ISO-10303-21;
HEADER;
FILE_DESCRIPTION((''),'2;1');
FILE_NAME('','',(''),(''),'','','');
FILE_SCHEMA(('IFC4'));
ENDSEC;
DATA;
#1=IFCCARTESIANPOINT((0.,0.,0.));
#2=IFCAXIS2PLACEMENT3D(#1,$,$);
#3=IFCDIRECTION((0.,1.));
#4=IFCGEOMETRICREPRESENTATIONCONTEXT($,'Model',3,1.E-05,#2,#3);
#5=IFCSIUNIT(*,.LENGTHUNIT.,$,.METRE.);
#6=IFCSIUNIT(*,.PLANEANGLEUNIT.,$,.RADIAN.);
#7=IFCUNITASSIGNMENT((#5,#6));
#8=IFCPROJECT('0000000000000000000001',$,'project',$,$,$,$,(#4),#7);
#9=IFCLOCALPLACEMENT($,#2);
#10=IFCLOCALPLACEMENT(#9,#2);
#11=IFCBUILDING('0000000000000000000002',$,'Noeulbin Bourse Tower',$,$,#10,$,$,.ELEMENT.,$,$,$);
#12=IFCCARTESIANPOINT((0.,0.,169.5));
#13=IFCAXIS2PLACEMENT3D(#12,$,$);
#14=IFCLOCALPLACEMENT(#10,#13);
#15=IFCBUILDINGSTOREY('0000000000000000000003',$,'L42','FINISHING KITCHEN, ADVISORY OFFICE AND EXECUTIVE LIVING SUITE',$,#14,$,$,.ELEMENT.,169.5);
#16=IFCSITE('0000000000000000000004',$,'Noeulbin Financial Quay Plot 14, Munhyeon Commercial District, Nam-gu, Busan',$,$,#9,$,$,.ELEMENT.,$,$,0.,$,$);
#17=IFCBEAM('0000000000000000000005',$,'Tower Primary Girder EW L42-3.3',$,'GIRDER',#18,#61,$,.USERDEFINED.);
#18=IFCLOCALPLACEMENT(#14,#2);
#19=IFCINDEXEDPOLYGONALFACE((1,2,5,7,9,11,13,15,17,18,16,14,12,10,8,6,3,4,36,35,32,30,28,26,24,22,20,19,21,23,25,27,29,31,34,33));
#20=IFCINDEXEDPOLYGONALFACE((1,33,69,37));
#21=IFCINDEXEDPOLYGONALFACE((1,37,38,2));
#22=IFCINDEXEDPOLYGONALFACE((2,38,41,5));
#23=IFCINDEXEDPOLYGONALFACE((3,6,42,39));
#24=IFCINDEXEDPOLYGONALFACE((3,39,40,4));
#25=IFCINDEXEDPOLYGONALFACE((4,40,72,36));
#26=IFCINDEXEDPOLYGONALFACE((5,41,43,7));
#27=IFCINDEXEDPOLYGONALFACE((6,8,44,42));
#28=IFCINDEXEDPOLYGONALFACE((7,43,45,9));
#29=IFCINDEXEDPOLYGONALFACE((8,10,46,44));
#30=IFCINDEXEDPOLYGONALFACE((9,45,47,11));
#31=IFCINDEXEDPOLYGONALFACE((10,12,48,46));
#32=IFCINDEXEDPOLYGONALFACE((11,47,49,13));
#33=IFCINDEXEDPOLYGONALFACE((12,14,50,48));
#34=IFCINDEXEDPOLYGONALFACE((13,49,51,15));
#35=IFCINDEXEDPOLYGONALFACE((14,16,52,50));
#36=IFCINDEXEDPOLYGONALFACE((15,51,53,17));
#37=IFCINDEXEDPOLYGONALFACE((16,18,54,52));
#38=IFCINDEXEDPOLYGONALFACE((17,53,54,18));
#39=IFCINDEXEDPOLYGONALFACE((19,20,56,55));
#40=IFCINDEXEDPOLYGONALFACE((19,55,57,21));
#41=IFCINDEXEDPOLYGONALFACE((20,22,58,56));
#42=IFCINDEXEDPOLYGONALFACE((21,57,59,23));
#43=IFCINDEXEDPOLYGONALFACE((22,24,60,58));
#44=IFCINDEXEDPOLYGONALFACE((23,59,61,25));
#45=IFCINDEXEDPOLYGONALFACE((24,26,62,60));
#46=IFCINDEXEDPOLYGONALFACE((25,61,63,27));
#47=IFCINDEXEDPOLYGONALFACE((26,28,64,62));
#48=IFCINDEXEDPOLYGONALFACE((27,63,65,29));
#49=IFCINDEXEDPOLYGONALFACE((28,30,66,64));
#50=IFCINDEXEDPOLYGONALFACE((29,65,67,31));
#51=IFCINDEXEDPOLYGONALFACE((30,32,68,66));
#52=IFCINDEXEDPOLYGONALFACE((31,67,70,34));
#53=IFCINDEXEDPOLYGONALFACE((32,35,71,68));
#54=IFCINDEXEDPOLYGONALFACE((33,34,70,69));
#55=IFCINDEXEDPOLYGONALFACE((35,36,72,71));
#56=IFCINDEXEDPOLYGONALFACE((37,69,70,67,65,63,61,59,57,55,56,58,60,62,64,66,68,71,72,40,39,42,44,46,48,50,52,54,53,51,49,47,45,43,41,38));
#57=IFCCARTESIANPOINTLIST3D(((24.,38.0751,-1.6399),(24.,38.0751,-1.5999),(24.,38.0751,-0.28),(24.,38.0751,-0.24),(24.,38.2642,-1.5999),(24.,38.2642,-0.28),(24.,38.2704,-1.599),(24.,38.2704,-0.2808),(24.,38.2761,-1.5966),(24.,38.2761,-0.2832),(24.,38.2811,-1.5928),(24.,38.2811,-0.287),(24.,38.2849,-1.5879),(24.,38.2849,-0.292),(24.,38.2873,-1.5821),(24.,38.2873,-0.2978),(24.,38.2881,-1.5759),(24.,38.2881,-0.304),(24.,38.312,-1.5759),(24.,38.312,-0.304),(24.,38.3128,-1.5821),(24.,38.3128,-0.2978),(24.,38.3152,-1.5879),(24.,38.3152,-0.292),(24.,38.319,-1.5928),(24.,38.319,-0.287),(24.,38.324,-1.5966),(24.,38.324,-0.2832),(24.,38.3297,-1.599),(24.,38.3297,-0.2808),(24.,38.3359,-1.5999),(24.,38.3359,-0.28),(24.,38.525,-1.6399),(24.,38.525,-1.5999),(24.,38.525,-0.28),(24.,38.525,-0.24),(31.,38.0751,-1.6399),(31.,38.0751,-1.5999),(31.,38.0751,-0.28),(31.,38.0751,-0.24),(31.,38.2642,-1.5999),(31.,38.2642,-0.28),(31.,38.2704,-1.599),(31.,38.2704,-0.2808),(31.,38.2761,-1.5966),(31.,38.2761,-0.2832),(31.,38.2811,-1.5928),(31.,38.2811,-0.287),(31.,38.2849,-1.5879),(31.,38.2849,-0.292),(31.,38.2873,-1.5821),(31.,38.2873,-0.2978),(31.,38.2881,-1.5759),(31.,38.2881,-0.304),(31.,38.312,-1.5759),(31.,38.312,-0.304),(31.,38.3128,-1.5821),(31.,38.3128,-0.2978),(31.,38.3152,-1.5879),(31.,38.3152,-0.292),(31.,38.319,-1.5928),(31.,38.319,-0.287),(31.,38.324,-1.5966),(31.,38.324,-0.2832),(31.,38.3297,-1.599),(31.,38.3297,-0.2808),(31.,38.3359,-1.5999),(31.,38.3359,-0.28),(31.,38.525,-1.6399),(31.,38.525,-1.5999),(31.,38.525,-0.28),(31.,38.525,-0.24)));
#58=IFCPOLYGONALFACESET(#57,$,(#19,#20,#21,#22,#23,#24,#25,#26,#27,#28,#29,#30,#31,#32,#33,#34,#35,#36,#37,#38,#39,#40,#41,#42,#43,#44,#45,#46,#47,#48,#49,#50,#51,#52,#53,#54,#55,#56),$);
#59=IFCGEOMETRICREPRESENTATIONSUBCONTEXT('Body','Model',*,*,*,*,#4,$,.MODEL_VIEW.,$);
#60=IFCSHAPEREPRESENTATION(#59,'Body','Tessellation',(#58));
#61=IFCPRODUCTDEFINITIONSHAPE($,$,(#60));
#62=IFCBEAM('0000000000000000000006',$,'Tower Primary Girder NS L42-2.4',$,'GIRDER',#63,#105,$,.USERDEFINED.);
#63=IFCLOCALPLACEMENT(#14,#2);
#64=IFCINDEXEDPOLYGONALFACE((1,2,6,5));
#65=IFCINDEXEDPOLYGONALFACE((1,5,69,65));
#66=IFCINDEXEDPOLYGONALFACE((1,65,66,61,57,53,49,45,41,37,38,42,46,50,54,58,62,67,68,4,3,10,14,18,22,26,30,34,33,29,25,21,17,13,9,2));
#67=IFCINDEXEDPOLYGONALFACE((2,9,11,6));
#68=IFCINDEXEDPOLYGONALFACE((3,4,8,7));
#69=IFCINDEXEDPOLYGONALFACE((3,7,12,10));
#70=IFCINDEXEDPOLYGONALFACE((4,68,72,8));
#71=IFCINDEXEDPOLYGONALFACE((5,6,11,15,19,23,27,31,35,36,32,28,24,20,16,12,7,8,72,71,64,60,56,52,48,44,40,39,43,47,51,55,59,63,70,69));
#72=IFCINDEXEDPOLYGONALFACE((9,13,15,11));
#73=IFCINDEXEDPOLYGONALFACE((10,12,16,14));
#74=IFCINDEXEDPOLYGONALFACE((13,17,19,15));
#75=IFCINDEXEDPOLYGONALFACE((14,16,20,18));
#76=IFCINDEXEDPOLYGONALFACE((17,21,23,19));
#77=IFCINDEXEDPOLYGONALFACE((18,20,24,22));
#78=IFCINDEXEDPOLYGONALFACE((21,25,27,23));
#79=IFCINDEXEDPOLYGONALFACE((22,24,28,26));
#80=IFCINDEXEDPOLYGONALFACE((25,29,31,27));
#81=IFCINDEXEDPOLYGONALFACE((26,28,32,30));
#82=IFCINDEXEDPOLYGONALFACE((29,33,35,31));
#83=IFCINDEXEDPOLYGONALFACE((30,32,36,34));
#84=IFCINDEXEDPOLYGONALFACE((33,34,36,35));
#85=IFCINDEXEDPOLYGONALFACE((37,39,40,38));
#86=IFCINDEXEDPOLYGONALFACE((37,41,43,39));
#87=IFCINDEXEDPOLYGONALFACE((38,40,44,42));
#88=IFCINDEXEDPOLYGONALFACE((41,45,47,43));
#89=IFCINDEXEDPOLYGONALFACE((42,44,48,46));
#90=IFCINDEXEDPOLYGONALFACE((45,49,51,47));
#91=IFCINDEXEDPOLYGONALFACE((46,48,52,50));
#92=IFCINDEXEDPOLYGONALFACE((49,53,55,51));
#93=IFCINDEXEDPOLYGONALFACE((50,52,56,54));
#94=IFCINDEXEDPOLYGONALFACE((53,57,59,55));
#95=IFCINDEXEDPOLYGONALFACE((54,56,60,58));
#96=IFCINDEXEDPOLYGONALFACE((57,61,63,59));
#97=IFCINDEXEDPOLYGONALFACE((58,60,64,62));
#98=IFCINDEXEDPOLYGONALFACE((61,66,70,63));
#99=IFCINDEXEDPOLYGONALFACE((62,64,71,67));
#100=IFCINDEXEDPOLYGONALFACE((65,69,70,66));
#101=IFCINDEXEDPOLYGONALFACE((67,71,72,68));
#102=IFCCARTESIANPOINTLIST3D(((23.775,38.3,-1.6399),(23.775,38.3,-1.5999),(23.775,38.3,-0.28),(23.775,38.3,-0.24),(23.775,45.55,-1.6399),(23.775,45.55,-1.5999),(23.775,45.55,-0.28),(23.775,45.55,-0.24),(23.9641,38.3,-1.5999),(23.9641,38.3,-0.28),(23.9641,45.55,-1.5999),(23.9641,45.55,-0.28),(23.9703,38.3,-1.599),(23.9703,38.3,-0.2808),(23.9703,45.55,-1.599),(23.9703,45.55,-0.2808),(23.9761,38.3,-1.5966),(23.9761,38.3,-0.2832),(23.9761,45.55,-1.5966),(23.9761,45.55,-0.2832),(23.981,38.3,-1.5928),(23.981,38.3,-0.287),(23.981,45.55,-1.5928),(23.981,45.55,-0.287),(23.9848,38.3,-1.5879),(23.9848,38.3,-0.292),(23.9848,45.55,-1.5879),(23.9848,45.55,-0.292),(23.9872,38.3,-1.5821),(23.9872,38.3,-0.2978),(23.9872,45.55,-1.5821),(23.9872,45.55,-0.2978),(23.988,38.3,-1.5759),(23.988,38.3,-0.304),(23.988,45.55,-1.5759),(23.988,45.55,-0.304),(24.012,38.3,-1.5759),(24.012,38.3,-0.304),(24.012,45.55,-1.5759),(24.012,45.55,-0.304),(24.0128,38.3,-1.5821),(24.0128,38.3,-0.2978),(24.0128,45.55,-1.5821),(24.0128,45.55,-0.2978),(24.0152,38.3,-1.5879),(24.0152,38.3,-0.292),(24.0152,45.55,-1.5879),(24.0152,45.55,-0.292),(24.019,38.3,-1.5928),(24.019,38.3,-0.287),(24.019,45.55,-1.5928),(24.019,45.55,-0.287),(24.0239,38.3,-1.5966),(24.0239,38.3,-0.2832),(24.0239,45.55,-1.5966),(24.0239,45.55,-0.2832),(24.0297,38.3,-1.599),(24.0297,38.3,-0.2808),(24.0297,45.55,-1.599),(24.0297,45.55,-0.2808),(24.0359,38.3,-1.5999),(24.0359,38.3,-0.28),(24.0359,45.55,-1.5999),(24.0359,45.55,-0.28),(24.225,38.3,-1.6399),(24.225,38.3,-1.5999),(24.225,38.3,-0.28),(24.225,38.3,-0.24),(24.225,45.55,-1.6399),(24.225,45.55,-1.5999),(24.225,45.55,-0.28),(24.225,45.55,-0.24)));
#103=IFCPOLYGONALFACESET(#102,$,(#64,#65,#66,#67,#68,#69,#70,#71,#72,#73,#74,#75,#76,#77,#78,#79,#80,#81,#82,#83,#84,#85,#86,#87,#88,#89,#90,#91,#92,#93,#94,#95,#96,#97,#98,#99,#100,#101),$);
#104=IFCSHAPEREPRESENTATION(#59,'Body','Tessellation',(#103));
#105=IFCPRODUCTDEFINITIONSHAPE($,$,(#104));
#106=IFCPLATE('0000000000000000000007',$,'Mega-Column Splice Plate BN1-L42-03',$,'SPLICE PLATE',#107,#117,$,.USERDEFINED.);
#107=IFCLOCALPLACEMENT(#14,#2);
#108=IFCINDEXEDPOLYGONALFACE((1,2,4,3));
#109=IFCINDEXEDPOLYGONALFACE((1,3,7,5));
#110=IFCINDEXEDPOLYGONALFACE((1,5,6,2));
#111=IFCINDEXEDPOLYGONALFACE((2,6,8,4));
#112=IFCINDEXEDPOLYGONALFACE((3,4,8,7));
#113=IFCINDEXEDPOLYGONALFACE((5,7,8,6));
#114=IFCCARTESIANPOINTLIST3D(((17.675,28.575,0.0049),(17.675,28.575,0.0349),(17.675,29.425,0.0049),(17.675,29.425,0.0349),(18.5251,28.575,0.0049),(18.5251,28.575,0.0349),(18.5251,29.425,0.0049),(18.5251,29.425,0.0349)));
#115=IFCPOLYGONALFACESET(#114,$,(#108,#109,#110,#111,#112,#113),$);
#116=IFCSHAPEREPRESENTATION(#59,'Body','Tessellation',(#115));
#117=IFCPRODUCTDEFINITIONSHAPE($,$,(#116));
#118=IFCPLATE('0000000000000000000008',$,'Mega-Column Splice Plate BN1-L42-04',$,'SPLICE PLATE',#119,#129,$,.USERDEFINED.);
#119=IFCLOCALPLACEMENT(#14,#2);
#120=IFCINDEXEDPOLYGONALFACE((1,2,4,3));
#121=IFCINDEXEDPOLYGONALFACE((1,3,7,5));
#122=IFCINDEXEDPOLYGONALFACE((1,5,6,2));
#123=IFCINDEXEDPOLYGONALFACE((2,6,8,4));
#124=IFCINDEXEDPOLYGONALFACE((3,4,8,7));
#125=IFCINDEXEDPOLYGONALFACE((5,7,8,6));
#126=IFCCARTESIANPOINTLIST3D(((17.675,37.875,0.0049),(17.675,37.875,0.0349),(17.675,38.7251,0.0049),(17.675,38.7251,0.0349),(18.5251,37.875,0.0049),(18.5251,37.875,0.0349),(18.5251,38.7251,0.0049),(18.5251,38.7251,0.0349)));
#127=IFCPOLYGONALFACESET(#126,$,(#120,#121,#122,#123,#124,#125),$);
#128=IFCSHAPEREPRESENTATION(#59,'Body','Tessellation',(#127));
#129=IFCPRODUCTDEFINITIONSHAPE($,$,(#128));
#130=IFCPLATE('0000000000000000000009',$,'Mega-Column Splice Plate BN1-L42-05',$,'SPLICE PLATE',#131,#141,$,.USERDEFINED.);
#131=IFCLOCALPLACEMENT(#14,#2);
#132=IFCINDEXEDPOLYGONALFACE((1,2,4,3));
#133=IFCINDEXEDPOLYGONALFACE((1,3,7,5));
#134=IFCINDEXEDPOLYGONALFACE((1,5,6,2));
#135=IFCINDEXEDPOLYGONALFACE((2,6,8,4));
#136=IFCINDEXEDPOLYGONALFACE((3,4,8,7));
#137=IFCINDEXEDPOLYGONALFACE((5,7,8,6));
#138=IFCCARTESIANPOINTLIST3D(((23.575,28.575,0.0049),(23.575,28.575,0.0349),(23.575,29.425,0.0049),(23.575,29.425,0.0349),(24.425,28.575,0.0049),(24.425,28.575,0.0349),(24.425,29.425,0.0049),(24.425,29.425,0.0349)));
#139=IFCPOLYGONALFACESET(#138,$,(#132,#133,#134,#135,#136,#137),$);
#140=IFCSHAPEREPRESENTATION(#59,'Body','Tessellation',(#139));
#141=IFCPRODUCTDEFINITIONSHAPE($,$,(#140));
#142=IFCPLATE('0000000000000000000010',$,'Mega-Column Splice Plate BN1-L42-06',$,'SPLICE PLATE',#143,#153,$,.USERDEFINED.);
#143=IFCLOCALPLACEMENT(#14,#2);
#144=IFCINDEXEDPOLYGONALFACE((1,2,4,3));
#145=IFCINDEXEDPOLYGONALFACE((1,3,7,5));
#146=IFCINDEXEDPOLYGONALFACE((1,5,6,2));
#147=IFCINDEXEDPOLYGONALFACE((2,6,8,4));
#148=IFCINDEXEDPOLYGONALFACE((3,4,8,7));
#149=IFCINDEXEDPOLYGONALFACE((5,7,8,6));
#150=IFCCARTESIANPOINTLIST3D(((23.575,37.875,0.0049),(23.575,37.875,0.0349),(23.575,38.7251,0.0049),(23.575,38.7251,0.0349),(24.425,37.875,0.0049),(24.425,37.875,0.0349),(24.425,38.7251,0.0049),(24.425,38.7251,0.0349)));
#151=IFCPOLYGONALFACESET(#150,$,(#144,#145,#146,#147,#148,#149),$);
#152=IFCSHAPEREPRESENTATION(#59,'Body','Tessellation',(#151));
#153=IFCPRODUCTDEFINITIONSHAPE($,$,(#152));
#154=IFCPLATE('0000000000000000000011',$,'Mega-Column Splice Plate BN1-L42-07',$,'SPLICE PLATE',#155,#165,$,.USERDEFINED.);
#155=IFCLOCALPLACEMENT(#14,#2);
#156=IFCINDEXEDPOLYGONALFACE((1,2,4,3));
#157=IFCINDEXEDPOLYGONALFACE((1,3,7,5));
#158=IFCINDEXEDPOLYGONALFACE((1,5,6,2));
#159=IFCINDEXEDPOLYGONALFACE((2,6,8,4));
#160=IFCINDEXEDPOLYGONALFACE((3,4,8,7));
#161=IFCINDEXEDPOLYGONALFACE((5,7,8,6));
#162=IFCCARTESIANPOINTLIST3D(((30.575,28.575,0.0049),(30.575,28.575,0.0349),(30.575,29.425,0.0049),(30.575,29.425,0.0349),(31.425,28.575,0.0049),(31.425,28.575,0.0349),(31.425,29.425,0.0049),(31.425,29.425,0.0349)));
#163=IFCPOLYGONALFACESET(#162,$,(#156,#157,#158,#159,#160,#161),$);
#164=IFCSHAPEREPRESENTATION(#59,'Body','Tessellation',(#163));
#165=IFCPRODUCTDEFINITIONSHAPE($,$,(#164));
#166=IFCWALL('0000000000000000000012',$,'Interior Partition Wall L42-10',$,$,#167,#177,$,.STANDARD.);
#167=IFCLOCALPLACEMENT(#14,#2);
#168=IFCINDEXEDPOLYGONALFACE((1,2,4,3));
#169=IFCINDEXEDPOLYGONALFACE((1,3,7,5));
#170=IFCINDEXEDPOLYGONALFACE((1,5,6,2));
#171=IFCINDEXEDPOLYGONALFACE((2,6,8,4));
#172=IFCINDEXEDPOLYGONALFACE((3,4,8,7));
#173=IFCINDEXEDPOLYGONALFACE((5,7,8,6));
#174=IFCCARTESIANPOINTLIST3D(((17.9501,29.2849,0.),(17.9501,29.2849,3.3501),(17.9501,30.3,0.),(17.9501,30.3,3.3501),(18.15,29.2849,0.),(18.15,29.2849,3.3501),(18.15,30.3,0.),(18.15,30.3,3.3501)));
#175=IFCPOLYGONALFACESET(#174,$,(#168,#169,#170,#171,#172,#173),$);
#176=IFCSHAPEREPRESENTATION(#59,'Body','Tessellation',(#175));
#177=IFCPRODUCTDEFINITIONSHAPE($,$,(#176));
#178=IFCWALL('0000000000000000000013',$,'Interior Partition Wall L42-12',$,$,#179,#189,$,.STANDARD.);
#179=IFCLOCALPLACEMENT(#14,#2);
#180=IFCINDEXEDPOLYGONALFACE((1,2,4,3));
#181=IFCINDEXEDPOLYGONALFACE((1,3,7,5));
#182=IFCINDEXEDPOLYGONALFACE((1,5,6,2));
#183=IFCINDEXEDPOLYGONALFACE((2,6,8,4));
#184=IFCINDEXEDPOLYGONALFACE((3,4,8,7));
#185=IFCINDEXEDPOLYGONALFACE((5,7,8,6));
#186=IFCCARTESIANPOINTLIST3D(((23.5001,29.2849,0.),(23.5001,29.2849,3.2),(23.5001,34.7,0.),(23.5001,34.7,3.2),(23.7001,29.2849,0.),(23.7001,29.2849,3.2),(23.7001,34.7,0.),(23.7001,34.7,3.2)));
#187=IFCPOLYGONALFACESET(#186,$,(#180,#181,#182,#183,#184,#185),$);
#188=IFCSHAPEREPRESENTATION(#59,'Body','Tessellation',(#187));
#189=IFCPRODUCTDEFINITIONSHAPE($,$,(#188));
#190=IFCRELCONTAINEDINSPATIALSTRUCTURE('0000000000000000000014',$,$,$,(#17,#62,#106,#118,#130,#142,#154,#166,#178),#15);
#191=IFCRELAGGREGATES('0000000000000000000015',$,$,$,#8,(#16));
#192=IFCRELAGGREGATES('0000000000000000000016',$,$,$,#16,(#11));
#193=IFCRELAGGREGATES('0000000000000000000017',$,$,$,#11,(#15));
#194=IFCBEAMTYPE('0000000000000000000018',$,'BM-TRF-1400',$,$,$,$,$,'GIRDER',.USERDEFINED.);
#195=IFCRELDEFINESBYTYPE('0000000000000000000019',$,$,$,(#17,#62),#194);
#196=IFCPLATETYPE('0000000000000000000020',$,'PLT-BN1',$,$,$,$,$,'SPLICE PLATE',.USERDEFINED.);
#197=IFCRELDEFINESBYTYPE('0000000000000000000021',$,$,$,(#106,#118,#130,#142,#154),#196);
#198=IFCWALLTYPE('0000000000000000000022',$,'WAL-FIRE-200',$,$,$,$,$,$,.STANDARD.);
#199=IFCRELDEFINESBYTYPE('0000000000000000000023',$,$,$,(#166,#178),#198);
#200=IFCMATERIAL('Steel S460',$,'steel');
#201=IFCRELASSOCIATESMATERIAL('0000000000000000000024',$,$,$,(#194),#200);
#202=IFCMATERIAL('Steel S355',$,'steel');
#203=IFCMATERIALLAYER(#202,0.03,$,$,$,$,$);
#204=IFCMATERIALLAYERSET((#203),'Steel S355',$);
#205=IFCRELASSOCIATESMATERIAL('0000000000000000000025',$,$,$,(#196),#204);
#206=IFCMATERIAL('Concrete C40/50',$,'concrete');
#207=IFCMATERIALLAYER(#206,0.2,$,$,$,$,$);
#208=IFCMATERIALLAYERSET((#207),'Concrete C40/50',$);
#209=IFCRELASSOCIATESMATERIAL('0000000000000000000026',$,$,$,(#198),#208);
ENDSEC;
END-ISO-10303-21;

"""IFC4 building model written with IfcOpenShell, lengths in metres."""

from ifc_helpers import new_model, si_unit, direction, frame, frame_2d, origin, origin_2d, place, context, subcontext, project, spatial, rectangle, i_section, extrude, material, layer, layer_set, material_profile, profile_set, type_object, element, save


model = new_model("IFC4")

# Units and contexts
model_context = context("Model", 3, precision=1e-05, world=origin(), true_north=direction((0.0, 1.0)))
body_context = subcontext(model_context, "Body", "Model", "MODEL_VIEW")
ifc_project = project(units=[si_unit("LENGTHUNIT", "METRE"), si_unit("PLANEANGLEUNIT", "RADIAN")], contexts=[model_context])

# Site, building, storey
site_placement = place(None, origin())
site = spatial("IfcSite", under=ifc_project, at=site_placement, Name="Noeulbin Financial Quay Plot 14, Munhyeon Commercial District, Nam-gu, Busan", CompositionType="ELEMENT", RefElevation=0.0)
building_placement = place(site_placement, origin())
building = spatial("IfcBuilding", under=site, at=building_placement, Name="Noeulbin Bourse Tower", CompositionType="ELEMENT")
storey_placement = place(building_placement, frame((0.0, 0.0, 169.5)))
storey = spatial("IfcBuildingStorey", under=building, at=storey_placement, Name="L42", Description="FINISHING KITCHEN, ADVISORY OFFICE AND EXECUTIVE LIVING SUITE", CompositionType="ELEMENT", Elevation=169.5)

# Shared definitions
ifc_material_1 = material(Name="Steel S460", Category="steel")

# Beams
ifc_material_profile_1 = material_profile(ifc_material_1, i_section(OverallWidth=0.45, OverallDepth=1.3999, WebThickness=0.0239, FlangeThickness=0.04, FilletRadius=0.0239, at=origin_2d()), Name="PG-1400x450x24x40", Category="LoadBearing")
ifc_profile_set_1 = profile_set([ifc_material_profile_1], Name="Steel S460")
beam_type = type_object("IfcBeamType", Name="BM-TRF-1400", ElementType="GIRDER", PredefinedType="USERDEFINED", material=ifc_profile_set_1)
for number, where, z_axis, x_axis, name in (
    (1, (24.0, 38.3, -0.9399), (1.0, 0.0, 0.0), (0.0, 1.0, 0.0), "Tower Primary Girder EW L42-3.3"),
):
    element("IfcBeam", number, at=place(storey_placement, frame(where, z_axis=z_axis, x_axis=x_axis)), inside=storey, type_object=beam_type, Name=name, ObjectType="GIRDER", PredefinedType="USERDEFINED", context=body_context, shape_type="SweptSolid", body=[
        extrude(i_section(OverallWidth=0.45, OverallDepth=1.3999, WebThickness=0.0239, FlangeThickness=0.04, FilletRadius=0.0239, at=origin_2d()), origin(), (0.0, 0.0, 1.0), 7.0),
    ])
beam_placement = place(storey_placement, frame((24.0, 38.3, -0.9399), z_axis=(0.0, 1.0, 0.0), x_axis=(-1.0, 0.0, 0.0)))
element("IfcBeam", 2, at=beam_placement, inside=storey, type_object=beam_type, Name="Tower Primary Girder NS L42-2.4", ObjectType="GIRDER", PredefinedType="USERDEFINED", context=body_context, shape_type="SweptSolid", body=[
    extrude(i_section(OverallWidth=0.45, OverallDepth=1.3999, WebThickness=0.0239, FlangeThickness=0.04, FilletRadius=0.0239, at=origin_2d()), origin(), (0.0, 0.0, 1.0), 7.25),
])

# Plates
ifc_material_2 = material(Name="Steel S355", Category="steel")
ifc_layer_1 = layer(ifc_material_2, 0.03)
ifc_layer_set_1 = layer_set([ifc_layer_1], Name="Steel S355")
plate_type = type_object("IfcPlateType", Name="PLT-BN1", ElementType="SPLICE PLATE", PredefinedType="USERDEFINED", material=ifc_layer_set_1)
for number, where, z_axis, x_axis, name in (
    (3, (18.1001, 29.0, 0.0049), (0.0, 0.0, 1.0), (1.0, 0.0, 0.0), "Mega-Column Splice Plate BN1-L42-03"),
    (4, (18.1001, 38.3, 0.0049), (0.0, 0.0, 1.0), (1.0, 0.0, 0.0), "Mega-Column Splice Plate BN1-L42-04"),
    (5, (24.0, 29.0, 0.0049), (0.0, 0.0, 1.0), (1.0, 0.0, 0.0), "Mega-Column Splice Plate BN1-L42-05"),
    (6, (24.0, 38.3, 0.0049), (0.0, 0.0, 1.0), (1.0, 0.0, 0.0), "Mega-Column Splice Plate BN1-L42-06"),
    (7, (31.0, 29.0, 0.0049), (0.0, 0.0, 1.0), (1.0, 0.0, 0.0), "Mega-Column Splice Plate BN1-L42-07"),
):
    element("IfcPlate", number, at=place(storey_placement, frame(where, z_axis=z_axis, x_axis=x_axis)), inside=storey, type_object=plate_type, Name=name, ObjectType="SPLICE PLATE", PredefinedType="USERDEFINED", context=body_context, shape_type="SweptSolid", body=[
        extrude(rectangle(XDim=0.8501, YDim=0.8501, at=origin_2d()), origin(), (0.0, 0.0, 1.0), 0.03),
    ])

# Walls
ifc_material_3 = material(Name="Concrete C40/50", Category="concrete")
ifc_layer_2 = layer(ifc_material_3, 0.2)
ifc_layer_set_2 = layer_set([ifc_layer_2], Name="Concrete C40/50")
wall_type_1 = type_object("IfcWallType", Name="WAL-FIRE-200", PredefinedType="STANDARD", material=ifc_layer_set_2)
wall_1_placement = place(storey_placement, frame((18.05, 29.2849, 0.0), z_axis=(0.0, 0.0, 1.0), x_axis=(0.0, 1.0, 0.0)))
element("IfcWall", 8, at=wall_1_placement, inside=storey, type_object=wall_type_1, Name="Interior Partition Wall L42-10", PredefinedType="STANDARD", context=body_context, shape_type="SweptSolid", body=[
    extrude(rectangle(XDim=1.0151, YDim=0.2, at=frame_2d((0.5076, 0.0))), origin(), (0.0, 0.0, 1.0), 3.3501),
])
wall_2_placement = place(storey_placement, frame((23.6001, 29.2849, 0.0), z_axis=(0.0, 0.0, 1.0), x_axis=(0.0, 1.0, 0.0)))
element("IfcWall", 9, at=wall_2_placement, inside=storey, type_object=wall_type_1, Name="Interior Partition Wall L42-12", PredefinedType="STANDARD", context=body_context, shape_type="SweptSolid", body=[
    extrude(rectangle(XDim=5.415, YDim=0.2, at=frame_2d((2.7075, 0.0))), origin(), (0.0, 0.0, 1.0), 3.2),
])

save(model, "model.ifc")
